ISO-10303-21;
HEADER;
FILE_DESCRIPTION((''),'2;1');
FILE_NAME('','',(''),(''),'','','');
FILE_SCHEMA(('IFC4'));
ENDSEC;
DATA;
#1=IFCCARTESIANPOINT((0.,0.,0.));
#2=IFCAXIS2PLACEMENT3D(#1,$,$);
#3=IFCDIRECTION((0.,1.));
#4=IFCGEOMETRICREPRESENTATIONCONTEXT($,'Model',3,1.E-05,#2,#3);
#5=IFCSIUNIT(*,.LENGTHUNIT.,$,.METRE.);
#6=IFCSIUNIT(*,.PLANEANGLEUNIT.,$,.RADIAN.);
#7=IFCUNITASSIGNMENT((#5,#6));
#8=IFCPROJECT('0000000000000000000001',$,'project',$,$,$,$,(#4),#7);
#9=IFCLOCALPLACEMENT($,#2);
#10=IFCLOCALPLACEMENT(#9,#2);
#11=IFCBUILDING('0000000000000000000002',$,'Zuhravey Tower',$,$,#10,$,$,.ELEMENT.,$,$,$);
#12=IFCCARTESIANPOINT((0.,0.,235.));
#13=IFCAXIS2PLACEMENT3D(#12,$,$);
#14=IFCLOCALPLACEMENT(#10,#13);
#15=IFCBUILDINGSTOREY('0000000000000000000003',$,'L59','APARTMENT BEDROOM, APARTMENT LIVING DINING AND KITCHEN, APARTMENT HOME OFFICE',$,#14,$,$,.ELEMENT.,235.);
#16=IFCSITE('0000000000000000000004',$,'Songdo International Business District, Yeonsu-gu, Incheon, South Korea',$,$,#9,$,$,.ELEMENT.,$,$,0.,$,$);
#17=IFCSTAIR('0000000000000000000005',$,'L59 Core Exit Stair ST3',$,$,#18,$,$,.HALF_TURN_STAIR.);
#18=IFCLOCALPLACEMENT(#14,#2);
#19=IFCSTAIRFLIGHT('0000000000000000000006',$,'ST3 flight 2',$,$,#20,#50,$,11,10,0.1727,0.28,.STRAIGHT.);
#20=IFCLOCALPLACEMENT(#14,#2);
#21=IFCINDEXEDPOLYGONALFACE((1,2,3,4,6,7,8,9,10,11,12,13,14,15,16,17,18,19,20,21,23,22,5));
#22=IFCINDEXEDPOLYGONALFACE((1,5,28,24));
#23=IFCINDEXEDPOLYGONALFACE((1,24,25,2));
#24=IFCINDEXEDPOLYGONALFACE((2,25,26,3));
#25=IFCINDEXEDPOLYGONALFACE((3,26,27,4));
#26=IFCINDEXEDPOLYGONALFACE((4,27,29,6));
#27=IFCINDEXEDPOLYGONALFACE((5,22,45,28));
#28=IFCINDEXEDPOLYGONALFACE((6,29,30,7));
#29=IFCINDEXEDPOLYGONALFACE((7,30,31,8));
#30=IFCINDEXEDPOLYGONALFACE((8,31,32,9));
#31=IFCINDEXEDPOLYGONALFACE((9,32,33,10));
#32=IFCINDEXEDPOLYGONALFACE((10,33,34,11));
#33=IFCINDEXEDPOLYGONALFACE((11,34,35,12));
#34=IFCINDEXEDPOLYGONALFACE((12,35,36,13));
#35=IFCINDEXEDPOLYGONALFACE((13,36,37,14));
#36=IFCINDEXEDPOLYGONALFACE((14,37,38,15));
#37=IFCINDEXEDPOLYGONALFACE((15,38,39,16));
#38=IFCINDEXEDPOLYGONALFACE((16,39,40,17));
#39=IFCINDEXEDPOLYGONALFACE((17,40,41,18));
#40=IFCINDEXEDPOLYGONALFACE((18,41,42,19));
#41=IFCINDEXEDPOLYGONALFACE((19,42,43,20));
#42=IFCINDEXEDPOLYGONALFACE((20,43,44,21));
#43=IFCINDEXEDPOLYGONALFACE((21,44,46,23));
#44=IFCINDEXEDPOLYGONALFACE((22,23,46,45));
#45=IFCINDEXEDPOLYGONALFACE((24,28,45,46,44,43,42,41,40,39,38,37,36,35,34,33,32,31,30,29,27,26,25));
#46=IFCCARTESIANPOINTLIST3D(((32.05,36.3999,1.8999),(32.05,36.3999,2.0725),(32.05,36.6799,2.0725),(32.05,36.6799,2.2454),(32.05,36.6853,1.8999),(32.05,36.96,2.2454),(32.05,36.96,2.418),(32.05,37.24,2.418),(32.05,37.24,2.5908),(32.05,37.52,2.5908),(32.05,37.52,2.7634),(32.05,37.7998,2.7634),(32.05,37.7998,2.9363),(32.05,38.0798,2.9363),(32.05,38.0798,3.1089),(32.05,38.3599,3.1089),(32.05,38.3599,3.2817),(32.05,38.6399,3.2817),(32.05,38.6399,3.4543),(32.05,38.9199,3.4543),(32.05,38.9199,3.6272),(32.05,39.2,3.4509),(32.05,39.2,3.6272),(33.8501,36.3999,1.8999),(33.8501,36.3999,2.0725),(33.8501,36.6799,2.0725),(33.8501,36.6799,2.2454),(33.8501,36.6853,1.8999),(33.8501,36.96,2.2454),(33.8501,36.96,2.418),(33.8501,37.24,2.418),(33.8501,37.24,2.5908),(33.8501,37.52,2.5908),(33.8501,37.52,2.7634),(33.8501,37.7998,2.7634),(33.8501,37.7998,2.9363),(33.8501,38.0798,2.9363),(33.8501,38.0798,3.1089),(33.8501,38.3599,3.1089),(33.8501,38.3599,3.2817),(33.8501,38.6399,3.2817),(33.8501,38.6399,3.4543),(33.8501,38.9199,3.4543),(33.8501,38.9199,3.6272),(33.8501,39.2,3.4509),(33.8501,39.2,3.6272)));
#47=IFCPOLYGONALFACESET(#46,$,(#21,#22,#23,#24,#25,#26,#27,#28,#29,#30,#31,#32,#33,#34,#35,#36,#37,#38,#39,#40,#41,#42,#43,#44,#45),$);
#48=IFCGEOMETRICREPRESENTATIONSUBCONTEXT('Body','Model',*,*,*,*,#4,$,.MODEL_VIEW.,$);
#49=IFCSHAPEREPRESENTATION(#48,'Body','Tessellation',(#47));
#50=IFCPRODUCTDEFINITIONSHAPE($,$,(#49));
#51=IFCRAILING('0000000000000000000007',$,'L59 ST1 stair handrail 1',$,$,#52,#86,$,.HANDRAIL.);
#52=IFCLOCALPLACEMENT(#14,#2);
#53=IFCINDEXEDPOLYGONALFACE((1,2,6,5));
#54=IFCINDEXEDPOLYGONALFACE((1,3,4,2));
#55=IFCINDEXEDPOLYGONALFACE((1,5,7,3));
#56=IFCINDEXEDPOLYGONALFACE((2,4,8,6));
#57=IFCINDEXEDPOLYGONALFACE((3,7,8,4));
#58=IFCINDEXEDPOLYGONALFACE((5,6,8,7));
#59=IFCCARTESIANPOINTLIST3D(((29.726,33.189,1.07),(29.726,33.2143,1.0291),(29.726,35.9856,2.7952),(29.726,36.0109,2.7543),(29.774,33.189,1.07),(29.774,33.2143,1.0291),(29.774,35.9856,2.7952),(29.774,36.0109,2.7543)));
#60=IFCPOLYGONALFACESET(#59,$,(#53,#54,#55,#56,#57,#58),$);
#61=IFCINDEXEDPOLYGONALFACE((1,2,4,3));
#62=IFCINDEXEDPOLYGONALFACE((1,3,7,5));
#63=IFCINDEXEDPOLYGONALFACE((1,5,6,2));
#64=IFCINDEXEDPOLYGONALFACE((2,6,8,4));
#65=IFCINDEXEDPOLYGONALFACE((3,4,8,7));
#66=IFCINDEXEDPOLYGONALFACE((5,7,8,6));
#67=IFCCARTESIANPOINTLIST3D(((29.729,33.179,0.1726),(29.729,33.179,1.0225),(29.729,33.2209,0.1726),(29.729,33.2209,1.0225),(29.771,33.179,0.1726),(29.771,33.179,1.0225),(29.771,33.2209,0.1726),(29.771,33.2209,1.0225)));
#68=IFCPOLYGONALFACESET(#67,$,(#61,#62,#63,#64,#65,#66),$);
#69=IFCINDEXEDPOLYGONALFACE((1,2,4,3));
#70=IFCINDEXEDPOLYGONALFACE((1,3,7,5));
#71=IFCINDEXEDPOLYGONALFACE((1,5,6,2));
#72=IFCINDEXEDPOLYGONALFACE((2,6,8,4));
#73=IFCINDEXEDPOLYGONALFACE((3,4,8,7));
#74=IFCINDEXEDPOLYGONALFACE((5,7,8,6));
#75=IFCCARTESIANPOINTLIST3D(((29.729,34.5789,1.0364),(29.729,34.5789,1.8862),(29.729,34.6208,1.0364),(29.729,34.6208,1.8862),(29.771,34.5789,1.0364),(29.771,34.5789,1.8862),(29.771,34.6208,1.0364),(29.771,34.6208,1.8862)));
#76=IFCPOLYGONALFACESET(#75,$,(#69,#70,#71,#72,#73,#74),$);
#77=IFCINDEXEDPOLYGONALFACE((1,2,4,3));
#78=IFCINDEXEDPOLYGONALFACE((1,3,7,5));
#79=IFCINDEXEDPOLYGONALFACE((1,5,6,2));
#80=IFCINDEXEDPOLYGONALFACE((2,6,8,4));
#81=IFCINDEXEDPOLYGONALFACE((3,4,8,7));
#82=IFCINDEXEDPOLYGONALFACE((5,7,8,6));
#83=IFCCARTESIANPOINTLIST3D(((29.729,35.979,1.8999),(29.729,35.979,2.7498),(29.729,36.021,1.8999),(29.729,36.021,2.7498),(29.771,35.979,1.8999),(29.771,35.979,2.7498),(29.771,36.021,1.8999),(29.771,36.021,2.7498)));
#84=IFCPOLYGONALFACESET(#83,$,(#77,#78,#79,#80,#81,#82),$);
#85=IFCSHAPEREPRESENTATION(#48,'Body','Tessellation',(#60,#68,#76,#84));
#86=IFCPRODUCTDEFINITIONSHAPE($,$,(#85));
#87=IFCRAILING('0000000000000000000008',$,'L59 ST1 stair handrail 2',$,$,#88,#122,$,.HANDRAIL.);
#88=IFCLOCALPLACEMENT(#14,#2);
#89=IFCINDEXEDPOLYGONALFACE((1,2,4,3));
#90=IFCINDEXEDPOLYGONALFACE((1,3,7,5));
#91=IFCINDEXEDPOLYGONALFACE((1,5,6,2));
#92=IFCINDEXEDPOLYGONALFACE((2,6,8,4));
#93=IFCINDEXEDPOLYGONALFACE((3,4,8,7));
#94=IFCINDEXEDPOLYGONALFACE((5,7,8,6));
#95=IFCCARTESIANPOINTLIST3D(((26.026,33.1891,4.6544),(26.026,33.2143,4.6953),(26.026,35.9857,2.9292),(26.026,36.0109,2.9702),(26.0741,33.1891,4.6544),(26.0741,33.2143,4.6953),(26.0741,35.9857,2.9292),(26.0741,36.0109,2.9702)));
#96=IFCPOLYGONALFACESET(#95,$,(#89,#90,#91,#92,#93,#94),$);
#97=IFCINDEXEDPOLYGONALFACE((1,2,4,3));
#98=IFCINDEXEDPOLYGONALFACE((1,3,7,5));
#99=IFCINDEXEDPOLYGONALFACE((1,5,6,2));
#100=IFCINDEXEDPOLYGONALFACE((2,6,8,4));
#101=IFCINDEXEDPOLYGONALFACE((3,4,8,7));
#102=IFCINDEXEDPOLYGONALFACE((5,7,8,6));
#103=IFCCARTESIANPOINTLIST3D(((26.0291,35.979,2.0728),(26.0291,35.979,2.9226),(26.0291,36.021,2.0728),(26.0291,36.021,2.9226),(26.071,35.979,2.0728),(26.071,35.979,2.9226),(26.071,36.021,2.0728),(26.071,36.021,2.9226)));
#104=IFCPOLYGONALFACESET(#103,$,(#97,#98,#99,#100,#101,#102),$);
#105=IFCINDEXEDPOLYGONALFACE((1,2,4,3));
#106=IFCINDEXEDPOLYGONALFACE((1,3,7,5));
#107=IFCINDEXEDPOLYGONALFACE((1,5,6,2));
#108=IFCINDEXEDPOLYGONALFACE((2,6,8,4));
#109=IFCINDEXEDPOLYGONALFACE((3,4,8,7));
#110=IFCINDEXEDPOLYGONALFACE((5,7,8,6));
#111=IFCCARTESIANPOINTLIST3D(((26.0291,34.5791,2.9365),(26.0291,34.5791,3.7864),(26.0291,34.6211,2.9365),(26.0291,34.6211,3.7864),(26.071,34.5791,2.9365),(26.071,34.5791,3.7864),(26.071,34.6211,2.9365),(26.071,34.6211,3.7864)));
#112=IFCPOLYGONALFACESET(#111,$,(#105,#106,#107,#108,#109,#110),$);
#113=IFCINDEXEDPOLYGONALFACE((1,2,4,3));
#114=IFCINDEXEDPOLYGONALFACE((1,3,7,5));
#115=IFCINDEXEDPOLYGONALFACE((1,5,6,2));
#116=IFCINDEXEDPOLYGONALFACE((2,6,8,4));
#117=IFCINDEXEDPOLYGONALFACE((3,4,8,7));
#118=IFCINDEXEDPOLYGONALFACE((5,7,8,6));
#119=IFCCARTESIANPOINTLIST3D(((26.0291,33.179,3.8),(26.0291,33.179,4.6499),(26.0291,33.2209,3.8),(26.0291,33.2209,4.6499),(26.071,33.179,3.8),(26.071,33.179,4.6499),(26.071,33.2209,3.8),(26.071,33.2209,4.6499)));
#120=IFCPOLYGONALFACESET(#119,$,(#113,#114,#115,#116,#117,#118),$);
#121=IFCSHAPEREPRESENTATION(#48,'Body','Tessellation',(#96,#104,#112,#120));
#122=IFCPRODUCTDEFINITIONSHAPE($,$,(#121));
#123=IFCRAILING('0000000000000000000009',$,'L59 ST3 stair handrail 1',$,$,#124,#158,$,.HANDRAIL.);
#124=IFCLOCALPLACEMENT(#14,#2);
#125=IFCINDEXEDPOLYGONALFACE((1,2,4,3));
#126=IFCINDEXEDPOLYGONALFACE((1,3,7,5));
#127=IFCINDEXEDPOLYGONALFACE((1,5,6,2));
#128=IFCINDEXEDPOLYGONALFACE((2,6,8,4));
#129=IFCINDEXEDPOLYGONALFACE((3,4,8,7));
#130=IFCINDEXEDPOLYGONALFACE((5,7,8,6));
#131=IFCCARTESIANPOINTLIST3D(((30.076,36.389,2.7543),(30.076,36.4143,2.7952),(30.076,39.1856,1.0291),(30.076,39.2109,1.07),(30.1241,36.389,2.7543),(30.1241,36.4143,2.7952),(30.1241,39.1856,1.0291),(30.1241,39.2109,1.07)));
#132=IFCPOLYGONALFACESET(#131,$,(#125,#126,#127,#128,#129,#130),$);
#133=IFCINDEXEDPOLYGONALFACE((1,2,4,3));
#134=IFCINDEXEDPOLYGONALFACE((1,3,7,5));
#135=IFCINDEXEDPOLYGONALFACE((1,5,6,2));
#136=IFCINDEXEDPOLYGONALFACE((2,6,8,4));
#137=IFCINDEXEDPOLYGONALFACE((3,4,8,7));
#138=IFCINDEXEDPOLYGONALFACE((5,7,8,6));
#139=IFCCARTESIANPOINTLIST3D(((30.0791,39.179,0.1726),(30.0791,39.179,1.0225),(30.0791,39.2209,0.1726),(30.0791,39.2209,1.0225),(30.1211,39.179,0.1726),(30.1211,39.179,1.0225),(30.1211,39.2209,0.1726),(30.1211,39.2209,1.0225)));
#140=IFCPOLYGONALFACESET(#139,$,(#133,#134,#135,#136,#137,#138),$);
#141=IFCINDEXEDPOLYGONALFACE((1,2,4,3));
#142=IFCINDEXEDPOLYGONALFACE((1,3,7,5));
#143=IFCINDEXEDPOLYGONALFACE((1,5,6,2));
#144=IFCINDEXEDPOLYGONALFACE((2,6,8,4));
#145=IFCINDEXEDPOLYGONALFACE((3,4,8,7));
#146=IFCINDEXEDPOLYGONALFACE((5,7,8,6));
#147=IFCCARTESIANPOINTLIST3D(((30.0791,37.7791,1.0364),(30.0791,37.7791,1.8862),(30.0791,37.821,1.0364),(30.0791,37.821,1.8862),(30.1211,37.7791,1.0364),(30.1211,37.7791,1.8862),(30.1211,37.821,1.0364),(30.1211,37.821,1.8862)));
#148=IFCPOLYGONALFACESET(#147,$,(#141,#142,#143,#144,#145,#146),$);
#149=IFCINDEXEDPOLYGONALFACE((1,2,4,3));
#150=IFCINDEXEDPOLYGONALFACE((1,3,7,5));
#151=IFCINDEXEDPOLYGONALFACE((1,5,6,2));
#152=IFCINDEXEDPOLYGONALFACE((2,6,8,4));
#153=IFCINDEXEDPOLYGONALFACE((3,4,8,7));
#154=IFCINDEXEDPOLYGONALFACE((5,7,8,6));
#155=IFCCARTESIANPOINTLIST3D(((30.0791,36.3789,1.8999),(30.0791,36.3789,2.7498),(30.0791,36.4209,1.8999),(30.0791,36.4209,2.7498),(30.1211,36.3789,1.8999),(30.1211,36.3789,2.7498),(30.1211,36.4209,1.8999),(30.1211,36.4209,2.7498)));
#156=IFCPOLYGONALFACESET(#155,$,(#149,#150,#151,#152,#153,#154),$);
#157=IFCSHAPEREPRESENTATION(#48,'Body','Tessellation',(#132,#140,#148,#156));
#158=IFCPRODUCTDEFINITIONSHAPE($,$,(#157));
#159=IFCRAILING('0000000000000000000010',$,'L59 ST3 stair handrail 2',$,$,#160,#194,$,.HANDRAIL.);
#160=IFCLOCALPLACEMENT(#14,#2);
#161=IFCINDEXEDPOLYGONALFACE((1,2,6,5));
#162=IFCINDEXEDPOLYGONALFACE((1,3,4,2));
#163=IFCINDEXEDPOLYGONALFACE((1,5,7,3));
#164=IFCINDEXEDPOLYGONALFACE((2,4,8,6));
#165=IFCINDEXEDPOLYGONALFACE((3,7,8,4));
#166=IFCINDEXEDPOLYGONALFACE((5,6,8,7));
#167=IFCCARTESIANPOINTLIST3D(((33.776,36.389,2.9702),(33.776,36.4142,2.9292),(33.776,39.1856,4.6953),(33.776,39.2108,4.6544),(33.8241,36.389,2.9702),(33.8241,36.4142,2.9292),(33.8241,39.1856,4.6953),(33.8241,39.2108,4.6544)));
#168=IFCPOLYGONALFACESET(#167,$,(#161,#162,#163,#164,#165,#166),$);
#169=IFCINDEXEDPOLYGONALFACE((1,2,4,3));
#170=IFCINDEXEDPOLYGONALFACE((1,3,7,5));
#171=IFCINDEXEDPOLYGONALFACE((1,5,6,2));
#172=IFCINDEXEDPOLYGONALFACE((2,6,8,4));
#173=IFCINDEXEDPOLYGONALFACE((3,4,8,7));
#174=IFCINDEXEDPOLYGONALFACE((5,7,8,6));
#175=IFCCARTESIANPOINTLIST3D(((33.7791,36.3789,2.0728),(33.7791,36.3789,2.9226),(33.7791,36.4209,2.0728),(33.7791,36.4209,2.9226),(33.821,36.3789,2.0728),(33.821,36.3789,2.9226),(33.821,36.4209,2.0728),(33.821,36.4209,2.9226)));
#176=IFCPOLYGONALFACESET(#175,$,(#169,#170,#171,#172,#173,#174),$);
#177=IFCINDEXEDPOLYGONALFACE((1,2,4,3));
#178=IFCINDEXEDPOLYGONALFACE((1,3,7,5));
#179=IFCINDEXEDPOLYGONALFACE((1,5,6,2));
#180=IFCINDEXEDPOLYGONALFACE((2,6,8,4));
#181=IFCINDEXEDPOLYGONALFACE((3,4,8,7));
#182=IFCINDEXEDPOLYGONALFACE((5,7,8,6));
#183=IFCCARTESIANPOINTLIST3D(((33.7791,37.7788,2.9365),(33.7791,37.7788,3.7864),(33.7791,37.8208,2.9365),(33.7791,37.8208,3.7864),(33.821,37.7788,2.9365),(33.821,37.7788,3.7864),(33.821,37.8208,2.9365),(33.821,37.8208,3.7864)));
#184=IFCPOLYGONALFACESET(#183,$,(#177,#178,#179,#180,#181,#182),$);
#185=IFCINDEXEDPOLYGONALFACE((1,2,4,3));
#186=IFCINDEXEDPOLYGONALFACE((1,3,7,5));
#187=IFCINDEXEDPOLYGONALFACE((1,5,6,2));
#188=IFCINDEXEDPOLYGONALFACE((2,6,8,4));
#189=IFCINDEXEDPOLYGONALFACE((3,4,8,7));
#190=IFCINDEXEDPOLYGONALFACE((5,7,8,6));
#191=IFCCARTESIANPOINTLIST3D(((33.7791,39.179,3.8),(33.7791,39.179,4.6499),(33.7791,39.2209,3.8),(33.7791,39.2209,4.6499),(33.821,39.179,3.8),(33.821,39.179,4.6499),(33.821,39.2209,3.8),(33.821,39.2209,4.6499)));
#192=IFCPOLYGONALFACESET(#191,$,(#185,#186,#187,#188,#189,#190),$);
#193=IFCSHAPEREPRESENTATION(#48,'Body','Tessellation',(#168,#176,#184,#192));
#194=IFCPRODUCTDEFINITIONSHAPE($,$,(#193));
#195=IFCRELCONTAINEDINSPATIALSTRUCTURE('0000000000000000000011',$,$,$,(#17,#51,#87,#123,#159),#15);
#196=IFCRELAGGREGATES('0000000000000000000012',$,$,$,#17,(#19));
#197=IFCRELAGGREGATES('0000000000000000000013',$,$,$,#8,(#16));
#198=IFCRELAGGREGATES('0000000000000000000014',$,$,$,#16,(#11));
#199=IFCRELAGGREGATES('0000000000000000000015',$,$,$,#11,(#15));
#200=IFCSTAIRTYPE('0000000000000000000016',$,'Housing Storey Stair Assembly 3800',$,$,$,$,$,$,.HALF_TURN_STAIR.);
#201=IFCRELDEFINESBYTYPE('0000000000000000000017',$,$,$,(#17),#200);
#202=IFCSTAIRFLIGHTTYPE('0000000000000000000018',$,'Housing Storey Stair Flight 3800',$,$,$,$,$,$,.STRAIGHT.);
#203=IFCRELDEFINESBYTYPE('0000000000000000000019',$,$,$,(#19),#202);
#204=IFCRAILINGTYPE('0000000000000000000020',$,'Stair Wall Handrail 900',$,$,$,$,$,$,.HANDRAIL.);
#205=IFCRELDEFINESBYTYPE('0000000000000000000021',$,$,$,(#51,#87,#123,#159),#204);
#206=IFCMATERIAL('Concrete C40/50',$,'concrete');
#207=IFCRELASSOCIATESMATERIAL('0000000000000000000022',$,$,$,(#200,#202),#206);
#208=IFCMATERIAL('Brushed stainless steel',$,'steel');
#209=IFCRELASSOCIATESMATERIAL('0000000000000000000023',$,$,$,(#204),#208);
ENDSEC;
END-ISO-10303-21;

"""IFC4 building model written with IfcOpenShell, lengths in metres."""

from ifc_helpers import new_model, si_unit, direction, frame, origin, origin_2d, place, context, subcontext, project, spatial, polyline, rectangle, outline, extrude, material, type_object, element, aggregate, save


model = new_model("IFC4")

# Units and contexts
model_context = context("Model", 3, precision=1e-05, world=origin(), true_north=direction((0.0, 1.0)))
body_context = subcontext(model_context, "Body", "Model", "MODEL_VIEW")
ifc_project = project(units=[si_unit("LENGTHUNIT", "METRE"), si_unit("PLANEANGLEUNIT", "RADIAN")], contexts=[model_context])

# Site, building, storey
site_placement = place(None, origin())
site = spatial("IfcSite", under=ifc_project, at=site_placement, Name="Songdo International Business District, Yeonsu-gu, Incheon, South Korea", CompositionType="ELEMENT", RefElevation=0.0)
building_placement = place(site_placement, origin())
building = spatial("IfcBuilding", under=site, at=building_placement, Name="Zuhravey Tower", CompositionType="ELEMENT")
storey_placement = place(building_placement, frame((0.0, 0.0, 235.0)))
storey = spatial("IfcBuildingStorey", under=building, at=storey_placement, Name="L59", Description="APARTMENT BEDROOM, APARTMENT LIVING DINING AND KITCHEN, APARTMENT HOME OFFICE", CompositionType="ELEMENT", Elevation=235.0)

# Stair, stair flight
ifc_material_1 = material(Name="Concrete C40/50", Category="concrete")
stair_type = type_object("IfcStairType", Name="Housing Storey Stair Assembly 3800", PredefinedType="HALF_TURN_STAIR", material=ifc_material_1)
stair_flight_type = type_object("IfcStairFlightType", Name="Housing Storey Stair Flight 3800", PredefinedType="STRAIGHT", material=ifc_material_1)
stair_1_placement = place(storey_placement, origin())
stair_1 = element("IfcStair", 1, at=stair_1_placement, inside=storey, type_object=stair_type, Name="L59 Core Exit Stair ST3", PredefinedType="HALF_TURN_STAIR")
stair_flight_1_placement = place(storey_placement, frame((32.95, 36.3999, 1.8999), z_axis=(0.0, 0.0, 1.0), x_axis=(0.0, 1.0, 0.0)))
stair_flight_1 = element("IfcStairFlight", 2, at=stair_flight_1_placement, type_object=stair_flight_type, Name="ST3 flight 2", NumberOfRisers=11, NumberOfTreads=10, PredefinedType="STRAIGHT", RiserHeight=0.1727, TreadLength=0.28, context=body_context, shape_type="SweptSolid", body=[
    extrude(outline(polyline([(0.0, 0.0), (0.0, 0.1726), (0.28, 0.1726), (0.28, 0.3455), (0.5601, 0.3455), (0.5601, 0.5181), (0.8401, 0.5181), (0.8401, 0.6909), (1.1201, 0.6909), (1.1201, 0.8635), (1.3999, 0.8635), (1.3999, 1.0364), (1.6799, 1.0364), (1.6799, 1.209), (1.96, 1.209), (1.96, 1.3818), (2.24, 1.3818), (2.24, 1.5544), (2.52, 1.5544), (2.52, 1.7273), (2.8, 1.7273), (2.8, 1.8999), (2.8, 1.551), (0.2854, 0.0), (0.0, 0.0)])), frame((0.0, 0.8999, 0.0), z_axis=(0.0, -1.0, 0.0), x_axis=(1.0, 0.0, 0.0)), (0.0, 0.0, 1.0), 1.8),
])
aggregate(stair_1, [stair_flight_1])

# Railings
ifc_material_2 = material(Name="Brushed stainless steel", Category="steel")
railing_type_1 = type_object("IfcRailingType", Name="Stair Wall Handrail 900", PredefinedType="HANDRAIL", material=ifc_material_2)
railing_1_placement = place(storey_placement, frame((29.75, 33.2, 0.1726)))
element("IfcRailing", 3, at=railing_1_placement, inside=storey, type_object=railing_type_1, Name="L59 ST1 stair handrail 1", PredefinedType="HANDRAIL", context=body_context, shape_type="SweptSolid", body=[
    extrude(rectangle(XDim=0.0481, YDim=0.0481, at=origin_2d()), frame((0.0, 0.0017, 0.877), z_axis=(0.0, 0.85109, 0.52502), x_axis=(-1.0, 0.0, 0.0)), (0.0, 0.0, 1.0), 3.2859),
    extrude(rectangle(XDim=0.042, YDim=0.042, at=origin_2d()), origin(), (0.0, 0.0, 1.0), 0.8499),
    extrude(rectangle(XDim=0.042, YDim=0.042, at=origin_2d()), frame((0.0, 1.3999, 0.8638)), (0.0, 0.0, 1.0), 0.8499),
    extrude(rectangle(XDim=0.042, YDim=0.042, at=origin_2d()), frame((0.0, 2.8, 1.7273)), (0.0, 0.0, 1.0), 0.8499),
])
for number, where, name in (
    (4, (26.05, 36.0, 2.0728), "L59 ST1 stair handrail 2"),
    (5, (30.1001, 39.2, 0.1726), "L59 ST3 stair handrail 1"),
):
    element("IfcRailing", number, at=place(storey_placement, frame(where)), inside=storey, type_object=railing_type_1, Name=name, PredefinedType="HANDRAIL", context=body_context, shape_type="SweptSolid", body=[
        extrude(rectangle(XDim=0.0481, YDim=0.0481, at=origin_2d()), frame((0.0, -0.0017, 0.877), z_axis=(0.0, -0.85109, 0.52502), x_axis=(1.0, 0.0, 0.0)), (0.0, 0.0, 1.0), 3.2859),
        extrude(rectangle(XDim=0.042, YDim=0.042, at=origin_2d()), origin(), (0.0, 0.0, 1.0), 0.8499),
        extrude(rectangle(XDim=0.042, YDim=0.042, at=origin_2d()), frame((0.0, -1.3999, 0.8638)), (0.0, 0.0, 1.0), 0.8499),
        extrude(rectangle(XDim=0.042, YDim=0.042, at=origin_2d()), frame((0.0, -2.8, 1.7273)), (0.0, 0.0, 1.0), 0.8499),
    ])
railing_2_placement = place(storey_placement, frame((33.8, 36.3999, 2.0728)))
element("IfcRailing", 6, at=railing_2_placement, inside=storey, type_object=railing_type_1, Name="L59 ST3 stair handrail 2", PredefinedType="HANDRAIL", context=body_context, shape_type="SweptSolid", body=[
    extrude(rectangle(XDim=0.0481, YDim=0.0481, at=origin_2d()), frame((0.0, 0.0017, 0.877), z_axis=(0.0, 0.85109, 0.52502), x_axis=(-1.0, 0.0, 0.0)), (0.0, 0.0, 1.0), 3.2859),
    extrude(rectangle(XDim=0.042, YDim=0.042, at=origin_2d()), origin(), (0.0, 0.0, 1.0), 0.8499),
    extrude(rectangle(XDim=0.042, YDim=0.042, at=origin_2d()), frame((0.0, 1.3999, 0.8638)), (0.0, 0.0, 1.0), 0.8499),
    extrude(rectangle(XDim=0.042, YDim=0.042, at=origin_2d()), frame((0.0, 2.8, 1.7273)), (0.0, 0.0, 1.0), 0.8499),
])

save(model, "model.ifc")
